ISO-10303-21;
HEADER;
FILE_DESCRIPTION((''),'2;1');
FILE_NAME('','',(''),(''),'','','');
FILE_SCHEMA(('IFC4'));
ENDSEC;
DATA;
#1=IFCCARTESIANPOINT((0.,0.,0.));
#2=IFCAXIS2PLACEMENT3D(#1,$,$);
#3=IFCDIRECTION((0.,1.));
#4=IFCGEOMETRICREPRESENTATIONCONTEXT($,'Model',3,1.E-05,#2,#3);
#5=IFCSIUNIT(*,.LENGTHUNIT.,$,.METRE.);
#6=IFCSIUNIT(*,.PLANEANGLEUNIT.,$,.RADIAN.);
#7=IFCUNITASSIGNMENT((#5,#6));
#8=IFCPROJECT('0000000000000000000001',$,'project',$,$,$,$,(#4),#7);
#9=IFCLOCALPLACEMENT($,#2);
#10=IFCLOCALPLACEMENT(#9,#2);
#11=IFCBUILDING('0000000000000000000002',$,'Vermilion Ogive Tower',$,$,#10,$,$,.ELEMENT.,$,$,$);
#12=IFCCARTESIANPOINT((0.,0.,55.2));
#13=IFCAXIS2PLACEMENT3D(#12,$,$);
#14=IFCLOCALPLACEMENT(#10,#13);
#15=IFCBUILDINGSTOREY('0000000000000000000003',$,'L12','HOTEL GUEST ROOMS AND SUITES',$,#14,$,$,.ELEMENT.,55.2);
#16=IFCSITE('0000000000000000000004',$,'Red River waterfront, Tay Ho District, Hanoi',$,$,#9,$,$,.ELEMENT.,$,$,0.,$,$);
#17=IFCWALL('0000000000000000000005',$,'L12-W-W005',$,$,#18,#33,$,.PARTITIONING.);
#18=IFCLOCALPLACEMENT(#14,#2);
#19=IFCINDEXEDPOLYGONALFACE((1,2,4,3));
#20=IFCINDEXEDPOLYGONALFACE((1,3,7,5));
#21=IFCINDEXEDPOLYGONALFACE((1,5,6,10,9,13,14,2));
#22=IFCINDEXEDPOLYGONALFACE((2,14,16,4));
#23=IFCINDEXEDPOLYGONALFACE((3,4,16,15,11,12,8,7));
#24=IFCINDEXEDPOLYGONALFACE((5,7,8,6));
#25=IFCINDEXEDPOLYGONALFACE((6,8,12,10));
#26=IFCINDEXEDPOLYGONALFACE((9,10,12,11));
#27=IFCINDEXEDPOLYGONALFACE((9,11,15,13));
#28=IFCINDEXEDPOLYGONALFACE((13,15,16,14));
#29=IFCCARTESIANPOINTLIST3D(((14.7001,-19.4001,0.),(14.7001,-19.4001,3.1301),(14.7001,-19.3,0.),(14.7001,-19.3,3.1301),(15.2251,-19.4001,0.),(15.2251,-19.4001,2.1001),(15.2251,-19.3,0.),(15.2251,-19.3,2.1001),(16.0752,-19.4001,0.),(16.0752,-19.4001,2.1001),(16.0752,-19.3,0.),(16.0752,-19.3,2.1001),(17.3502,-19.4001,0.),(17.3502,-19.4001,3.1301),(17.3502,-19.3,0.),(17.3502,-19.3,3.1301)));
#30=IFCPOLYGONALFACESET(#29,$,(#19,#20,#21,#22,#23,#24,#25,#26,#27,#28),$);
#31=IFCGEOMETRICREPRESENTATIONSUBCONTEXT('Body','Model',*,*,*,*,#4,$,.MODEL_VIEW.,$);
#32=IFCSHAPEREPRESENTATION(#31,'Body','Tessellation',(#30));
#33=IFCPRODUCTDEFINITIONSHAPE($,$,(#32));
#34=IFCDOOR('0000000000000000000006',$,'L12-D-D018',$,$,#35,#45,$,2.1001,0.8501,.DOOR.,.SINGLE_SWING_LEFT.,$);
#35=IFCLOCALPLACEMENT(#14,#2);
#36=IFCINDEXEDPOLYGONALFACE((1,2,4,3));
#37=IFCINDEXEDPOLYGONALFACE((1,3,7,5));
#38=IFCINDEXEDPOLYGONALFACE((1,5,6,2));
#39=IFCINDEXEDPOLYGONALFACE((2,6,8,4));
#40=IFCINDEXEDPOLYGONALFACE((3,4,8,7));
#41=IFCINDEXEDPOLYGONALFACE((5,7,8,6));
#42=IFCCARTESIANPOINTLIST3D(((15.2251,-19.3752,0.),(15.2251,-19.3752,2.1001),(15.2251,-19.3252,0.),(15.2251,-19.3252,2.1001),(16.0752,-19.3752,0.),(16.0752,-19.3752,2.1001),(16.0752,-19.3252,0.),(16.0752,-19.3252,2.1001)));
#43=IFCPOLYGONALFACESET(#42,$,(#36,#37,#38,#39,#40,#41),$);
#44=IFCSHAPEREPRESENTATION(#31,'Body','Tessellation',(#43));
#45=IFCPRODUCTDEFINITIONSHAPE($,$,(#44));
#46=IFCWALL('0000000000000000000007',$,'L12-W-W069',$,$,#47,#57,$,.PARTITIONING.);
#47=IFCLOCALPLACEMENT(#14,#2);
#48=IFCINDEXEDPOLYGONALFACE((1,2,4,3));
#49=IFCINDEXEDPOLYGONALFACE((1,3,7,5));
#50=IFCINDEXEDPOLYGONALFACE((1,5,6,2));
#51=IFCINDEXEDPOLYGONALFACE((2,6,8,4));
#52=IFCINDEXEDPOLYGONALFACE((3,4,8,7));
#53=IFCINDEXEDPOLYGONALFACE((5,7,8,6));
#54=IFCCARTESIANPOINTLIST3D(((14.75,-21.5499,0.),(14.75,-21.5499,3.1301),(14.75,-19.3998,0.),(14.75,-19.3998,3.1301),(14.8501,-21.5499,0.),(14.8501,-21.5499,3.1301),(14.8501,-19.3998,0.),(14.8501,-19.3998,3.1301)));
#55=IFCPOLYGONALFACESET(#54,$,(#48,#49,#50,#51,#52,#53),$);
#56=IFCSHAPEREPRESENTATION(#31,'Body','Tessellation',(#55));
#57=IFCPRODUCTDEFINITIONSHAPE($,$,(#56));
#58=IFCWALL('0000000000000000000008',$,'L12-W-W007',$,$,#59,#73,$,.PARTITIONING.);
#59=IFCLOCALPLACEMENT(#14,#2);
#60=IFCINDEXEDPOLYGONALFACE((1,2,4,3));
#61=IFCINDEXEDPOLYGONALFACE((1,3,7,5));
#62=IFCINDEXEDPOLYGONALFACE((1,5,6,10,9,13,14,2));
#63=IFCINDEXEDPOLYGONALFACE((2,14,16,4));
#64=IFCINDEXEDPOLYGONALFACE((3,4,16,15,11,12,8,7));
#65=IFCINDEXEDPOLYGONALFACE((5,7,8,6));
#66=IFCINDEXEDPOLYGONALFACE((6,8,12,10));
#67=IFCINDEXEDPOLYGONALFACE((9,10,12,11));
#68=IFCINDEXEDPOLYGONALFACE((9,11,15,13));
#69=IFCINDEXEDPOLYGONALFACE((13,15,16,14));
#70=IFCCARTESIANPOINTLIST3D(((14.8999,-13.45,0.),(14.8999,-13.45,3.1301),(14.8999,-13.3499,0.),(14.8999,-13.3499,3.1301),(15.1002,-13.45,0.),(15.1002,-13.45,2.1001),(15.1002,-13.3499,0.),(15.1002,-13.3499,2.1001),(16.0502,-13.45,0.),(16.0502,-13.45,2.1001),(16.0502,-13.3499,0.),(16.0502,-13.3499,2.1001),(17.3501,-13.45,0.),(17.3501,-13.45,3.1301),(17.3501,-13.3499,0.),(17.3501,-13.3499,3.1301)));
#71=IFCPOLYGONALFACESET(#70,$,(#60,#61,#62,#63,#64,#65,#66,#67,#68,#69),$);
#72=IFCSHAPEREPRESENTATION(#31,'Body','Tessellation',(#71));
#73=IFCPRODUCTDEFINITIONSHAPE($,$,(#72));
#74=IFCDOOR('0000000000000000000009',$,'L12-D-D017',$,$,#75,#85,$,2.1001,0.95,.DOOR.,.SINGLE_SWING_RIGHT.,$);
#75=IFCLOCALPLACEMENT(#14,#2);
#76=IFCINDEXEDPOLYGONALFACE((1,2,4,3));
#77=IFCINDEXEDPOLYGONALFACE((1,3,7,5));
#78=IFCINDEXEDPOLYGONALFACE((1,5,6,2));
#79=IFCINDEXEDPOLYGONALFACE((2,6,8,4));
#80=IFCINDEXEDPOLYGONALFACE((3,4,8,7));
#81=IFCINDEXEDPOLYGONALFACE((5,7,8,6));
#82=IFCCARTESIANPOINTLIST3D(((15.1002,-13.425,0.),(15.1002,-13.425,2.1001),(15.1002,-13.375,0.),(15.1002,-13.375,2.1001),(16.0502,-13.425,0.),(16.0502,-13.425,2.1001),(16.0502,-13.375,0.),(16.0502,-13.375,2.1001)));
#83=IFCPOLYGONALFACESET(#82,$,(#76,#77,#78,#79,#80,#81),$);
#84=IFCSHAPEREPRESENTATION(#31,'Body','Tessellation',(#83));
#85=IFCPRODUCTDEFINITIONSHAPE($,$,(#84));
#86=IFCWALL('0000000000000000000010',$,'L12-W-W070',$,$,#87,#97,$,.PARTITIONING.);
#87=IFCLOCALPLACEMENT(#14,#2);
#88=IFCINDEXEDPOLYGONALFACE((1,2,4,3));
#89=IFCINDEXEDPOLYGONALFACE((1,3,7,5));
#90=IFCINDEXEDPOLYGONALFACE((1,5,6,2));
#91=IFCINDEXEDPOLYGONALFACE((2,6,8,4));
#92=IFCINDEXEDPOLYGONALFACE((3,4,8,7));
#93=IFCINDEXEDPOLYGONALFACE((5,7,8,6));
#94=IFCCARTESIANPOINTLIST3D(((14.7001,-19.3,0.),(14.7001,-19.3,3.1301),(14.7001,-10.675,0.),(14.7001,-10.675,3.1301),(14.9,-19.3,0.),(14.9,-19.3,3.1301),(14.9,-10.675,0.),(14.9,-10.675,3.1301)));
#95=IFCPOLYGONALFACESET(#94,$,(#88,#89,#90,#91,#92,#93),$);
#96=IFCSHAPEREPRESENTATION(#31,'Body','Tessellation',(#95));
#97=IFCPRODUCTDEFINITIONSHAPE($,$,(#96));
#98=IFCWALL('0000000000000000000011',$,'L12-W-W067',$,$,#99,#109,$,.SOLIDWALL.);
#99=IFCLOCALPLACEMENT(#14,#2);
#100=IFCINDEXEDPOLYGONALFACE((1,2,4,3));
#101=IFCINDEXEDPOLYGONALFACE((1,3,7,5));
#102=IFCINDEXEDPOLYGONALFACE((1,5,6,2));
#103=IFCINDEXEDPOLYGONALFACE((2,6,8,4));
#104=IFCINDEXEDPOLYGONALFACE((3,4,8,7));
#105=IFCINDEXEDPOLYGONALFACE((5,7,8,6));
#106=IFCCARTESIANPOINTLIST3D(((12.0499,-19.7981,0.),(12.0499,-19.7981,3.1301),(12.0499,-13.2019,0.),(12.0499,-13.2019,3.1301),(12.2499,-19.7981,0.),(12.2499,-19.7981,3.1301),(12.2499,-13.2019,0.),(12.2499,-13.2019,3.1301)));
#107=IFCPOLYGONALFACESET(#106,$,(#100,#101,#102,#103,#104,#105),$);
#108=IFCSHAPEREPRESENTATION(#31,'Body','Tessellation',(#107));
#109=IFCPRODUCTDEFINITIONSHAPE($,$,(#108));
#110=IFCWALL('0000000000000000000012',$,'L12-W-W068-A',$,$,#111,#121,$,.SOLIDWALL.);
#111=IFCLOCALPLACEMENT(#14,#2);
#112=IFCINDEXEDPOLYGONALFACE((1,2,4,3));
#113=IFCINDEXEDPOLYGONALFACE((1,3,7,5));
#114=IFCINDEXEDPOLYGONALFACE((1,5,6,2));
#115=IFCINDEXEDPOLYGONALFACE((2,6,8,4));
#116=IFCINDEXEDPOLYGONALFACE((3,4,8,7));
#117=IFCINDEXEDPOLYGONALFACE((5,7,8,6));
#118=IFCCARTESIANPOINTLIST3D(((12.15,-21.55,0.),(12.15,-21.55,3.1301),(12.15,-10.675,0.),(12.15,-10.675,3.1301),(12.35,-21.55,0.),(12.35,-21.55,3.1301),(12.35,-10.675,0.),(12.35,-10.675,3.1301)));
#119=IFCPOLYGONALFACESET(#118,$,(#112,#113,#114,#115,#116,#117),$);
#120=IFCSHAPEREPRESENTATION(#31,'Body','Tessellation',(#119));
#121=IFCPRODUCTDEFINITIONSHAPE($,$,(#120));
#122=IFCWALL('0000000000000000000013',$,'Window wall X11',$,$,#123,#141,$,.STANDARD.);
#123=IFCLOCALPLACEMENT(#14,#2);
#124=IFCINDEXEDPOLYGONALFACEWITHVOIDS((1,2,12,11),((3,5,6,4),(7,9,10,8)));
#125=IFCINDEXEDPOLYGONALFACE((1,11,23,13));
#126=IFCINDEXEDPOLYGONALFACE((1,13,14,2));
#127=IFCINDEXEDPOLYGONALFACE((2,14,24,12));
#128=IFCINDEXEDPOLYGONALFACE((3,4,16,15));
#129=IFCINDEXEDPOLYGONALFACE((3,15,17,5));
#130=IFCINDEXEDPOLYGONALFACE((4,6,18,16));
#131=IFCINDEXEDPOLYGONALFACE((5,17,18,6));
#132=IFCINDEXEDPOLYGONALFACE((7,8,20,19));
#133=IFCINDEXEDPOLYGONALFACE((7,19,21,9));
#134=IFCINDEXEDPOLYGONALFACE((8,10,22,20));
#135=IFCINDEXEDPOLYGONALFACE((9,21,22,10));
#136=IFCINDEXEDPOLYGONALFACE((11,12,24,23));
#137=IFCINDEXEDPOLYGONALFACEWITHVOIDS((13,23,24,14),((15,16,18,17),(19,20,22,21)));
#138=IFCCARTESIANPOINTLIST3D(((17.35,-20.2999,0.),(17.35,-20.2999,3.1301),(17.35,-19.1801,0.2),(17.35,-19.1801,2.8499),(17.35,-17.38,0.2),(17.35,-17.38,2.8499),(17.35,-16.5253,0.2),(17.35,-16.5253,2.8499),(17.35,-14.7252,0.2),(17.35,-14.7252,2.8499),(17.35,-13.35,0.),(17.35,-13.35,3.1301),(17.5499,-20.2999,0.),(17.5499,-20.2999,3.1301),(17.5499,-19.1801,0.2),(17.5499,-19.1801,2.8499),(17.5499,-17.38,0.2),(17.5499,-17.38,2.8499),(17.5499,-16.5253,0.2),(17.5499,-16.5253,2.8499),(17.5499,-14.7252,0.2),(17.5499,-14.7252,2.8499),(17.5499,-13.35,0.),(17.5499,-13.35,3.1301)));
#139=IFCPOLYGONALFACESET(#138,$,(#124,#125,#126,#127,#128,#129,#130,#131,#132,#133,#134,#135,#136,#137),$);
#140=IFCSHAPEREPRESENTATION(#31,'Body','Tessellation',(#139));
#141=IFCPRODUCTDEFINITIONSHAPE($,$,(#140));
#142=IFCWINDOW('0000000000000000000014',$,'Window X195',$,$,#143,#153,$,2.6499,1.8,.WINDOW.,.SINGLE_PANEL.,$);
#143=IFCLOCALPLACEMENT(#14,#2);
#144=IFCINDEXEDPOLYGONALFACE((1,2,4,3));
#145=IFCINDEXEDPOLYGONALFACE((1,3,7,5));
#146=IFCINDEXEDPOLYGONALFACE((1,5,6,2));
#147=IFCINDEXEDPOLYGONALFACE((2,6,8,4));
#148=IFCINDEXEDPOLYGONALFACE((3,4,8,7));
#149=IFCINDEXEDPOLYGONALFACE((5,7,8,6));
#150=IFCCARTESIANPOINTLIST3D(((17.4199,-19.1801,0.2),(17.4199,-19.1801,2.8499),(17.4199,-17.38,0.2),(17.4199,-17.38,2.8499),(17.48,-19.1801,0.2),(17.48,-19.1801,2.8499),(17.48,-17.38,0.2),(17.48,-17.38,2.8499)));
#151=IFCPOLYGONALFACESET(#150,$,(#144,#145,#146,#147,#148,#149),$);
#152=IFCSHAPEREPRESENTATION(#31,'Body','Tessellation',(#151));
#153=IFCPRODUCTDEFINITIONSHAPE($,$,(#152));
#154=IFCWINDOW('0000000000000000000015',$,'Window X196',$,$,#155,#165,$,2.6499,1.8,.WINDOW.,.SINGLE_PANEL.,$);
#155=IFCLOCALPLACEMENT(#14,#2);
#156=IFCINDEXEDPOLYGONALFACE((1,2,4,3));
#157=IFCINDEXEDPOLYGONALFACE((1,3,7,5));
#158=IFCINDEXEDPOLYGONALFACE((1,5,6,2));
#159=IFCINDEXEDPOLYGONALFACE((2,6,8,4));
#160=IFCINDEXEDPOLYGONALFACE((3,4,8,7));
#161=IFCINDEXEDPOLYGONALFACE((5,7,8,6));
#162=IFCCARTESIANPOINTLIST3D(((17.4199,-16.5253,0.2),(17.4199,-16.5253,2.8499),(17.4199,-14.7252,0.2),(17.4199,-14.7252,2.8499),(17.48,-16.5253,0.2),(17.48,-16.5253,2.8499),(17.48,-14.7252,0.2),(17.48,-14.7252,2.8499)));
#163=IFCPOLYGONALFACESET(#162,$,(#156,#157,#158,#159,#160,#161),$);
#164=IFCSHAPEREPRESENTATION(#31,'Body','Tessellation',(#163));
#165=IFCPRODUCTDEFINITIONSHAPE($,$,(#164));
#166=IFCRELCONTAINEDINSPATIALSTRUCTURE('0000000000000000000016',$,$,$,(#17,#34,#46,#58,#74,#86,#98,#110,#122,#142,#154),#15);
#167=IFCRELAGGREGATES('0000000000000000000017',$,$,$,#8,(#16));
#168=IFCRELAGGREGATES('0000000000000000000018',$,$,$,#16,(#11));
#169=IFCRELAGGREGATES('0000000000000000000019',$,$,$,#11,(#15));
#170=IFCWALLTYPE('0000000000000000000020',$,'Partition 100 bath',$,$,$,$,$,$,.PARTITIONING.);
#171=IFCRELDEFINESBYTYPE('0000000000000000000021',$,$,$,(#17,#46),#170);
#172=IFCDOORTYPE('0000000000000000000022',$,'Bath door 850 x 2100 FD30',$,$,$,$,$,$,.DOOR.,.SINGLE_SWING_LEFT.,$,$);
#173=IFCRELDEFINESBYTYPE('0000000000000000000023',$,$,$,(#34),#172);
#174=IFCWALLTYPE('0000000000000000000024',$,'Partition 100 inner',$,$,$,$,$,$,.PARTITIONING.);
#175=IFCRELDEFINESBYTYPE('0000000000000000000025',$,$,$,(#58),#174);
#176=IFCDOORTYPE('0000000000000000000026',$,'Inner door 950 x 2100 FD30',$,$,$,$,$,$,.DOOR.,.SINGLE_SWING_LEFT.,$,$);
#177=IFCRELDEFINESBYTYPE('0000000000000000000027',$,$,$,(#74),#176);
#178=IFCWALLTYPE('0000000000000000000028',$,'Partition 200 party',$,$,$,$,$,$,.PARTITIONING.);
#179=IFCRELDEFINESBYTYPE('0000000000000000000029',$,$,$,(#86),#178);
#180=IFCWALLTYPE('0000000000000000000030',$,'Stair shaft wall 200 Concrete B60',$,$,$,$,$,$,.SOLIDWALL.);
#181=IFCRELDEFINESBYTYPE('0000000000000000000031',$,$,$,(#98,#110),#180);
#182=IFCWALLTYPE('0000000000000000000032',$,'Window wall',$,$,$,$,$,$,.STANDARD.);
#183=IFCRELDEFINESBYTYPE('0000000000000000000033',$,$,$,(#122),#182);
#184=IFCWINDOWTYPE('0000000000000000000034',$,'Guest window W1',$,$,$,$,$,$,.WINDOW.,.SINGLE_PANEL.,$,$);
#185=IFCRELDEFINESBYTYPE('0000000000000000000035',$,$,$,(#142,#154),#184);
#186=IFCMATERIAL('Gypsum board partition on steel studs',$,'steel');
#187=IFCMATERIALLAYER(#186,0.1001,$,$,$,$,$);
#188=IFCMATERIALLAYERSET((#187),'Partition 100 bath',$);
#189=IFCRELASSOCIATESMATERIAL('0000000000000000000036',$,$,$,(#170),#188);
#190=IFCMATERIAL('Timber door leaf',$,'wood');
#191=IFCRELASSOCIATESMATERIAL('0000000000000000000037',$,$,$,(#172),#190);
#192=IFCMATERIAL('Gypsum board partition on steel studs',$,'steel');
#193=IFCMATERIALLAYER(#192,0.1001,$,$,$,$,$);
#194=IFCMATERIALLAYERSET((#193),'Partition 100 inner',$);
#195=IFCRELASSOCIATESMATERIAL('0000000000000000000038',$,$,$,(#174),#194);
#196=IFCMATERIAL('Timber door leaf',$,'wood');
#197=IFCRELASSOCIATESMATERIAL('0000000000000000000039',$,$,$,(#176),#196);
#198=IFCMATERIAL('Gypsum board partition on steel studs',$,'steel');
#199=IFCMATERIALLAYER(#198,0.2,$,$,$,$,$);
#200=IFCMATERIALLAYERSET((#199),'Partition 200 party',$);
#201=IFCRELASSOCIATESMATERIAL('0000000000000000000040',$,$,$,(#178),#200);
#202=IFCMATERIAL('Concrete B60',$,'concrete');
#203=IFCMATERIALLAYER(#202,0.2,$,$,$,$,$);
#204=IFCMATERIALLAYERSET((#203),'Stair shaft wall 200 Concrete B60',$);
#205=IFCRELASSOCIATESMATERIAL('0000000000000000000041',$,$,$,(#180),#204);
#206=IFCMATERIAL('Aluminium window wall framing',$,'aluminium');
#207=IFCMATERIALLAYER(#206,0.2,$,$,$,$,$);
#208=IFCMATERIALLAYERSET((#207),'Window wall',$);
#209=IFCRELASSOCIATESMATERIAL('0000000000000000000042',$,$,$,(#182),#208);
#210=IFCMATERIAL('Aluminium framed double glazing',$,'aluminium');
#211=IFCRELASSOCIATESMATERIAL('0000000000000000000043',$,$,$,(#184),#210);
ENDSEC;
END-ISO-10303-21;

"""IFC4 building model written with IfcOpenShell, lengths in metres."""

from ifc_helpers import new_model, si_unit, direction, frame, frame_2d, origin, place, context, subcontext, project, spatial, rectangle, extrude, material, layer, layer_set, type_object, element, fill, save


model = new_model("IFC4")

# Units and contexts
model_context = context("Model", 3, precision=1e-05, world=origin(), true_north=direction((0.0, 1.0)))
body_context = subcontext(model_context, "Body", "Model", "MODEL_VIEW")
ifc_project = project(units=[si_unit("LENGTHUNIT", "METRE"), si_unit("PLANEANGLEUNIT", "RADIAN")], contexts=[model_context])

# Site, building, storey
site_placement = place(None, origin())
site = spatial("IfcSite", under=ifc_project, at=site_placement, Name="Red River waterfront, Tay Ho District, Hanoi", CompositionType="ELEMENT", RefElevation=0.0)
building_placement = place(site_placement, origin())
building = spatial("IfcBuilding", under=site, at=building_placement, Name="Vermilion Ogive Tower", CompositionType="ELEMENT")
storey_placement = place(building_placement, frame((0.0, 0.0, 55.2)))
storey = spatial("IfcBuildingStorey", under=building, at=storey_placement, Name="L12", Description="HOTEL GUEST ROOMS AND SUITES", CompositionType="ELEMENT", Elevation=55.2)

# Wall, opening, door
ifc_material_1 = material(Name="Gypsum board partition on steel studs", Category="steel")
ifc_layer_1 = layer(ifc_material_1, 0.1001)
ifc_layer_set_1 = layer_set([ifc_layer_1], Name="Partition 100 bath")
wall_type_1 = type_object("IfcWallType", Name="Partition 100 bath", PredefinedType="PARTITIONING", material=ifc_layer_set_1)
wall_1_placement = place(storey_placement, frame((14.7, -19.3501, 0.0), z_axis=(0.0, 0.0, 1.0), x_axis=(1.0, 0.0, 0.0)))
wall_1 = element("IfcWall", 1, at=wall_1_placement, inside=storey, type_object=wall_type_1, Name="L12-W-W005", PredefinedType="PARTITIONING", context=body_context, shape_type="SweptSolid", body=[
    extrude(rectangle(XDim=2.6501, YDim=0.1001, at=frame_2d((1.3252, 0.0))), origin(), (0.0, 0.0, 1.0), 3.1301),
])
opening_1_placement = place(wall_1_placement, frame((0.5251, 0.0, 0.0)))
opening_1 = element("IfcOpeningElement", 2, at=opening_1_placement, cuts=wall_1, PredefinedType="OPENING", context=body_context, shape_type="SweptSolid", body=[
    extrude(rectangle(XDim=0.8501, YDim=2.1001, at=frame_2d((0.425, 1.05))), frame((0.0, 0.0601, 0.0), z_axis=(0.0, -1.0, 0.0), x_axis=(1.0, 0.0, 0.0)), (0.0, 0.0, 1.0), 0.1201),
])
ifc_material_2 = material(Name="Timber door leaf", Category="wood")
door_type_1 = type_object("IfcDoorType", Name="Bath door 850 x 2100 FD30", OperationType="SINGLE_SWING_LEFT", PredefinedType="DOOR", material=ifc_material_2)
door_1_placement = place(opening_1_placement, origin())
door_1 = element("IfcDoor", 3, at=door_1_placement, inside=storey, type_object=door_type_1, Name="L12-D-D018", OperationType="SINGLE_SWING_LEFT", OverallHeight=2.1001, OverallWidth=0.8501, PredefinedType="DOOR", context=body_context, shape_type="SweptSolid", body=[
    extrude(rectangle(XDim=0.8501, YDim=2.1001, at=frame_2d((0.425, 1.05))), frame((0.0, 0.0249, 0.0), z_axis=(0.0, -1.0, 0.0), x_axis=(1.0, 0.0, 0.0)), (0.0, 0.0, 1.0), 0.05),
])
fill(opening_1, door_1)

# Wall
wall_2_placement = place(storey_placement, frame((14.8, -21.55, 0.0), z_axis=(0.0, 0.0, 1.0), x_axis=(0.0, 1.0, 0.0)))
element("IfcWall", 4, at=wall_2_placement, inside=storey, type_object=wall_type_1, Name="L12-W-W069", PredefinedType="PARTITIONING", context=body_context, shape_type="SweptSolid", body=[
    extrude(rectangle(XDim=2.1501, YDim=0.1001, at=frame_2d((1.0752, 0.0))), origin(), (0.0, 0.0, 1.0), 3.1301),
])

# Wall, opening, door
ifc_material_3 = material(Name="Gypsum board partition on steel studs", Category="steel")
ifc_layer_2 = layer(ifc_material_3, 0.1001)
ifc_layer_set_2 = layer_set([ifc_layer_2], Name="Partition 100 inner")
wall_type_2 = type_object("IfcWallType", Name="Partition 100 inner", PredefinedType="PARTITIONING", material=ifc_layer_set_2)
wall_3_placement = place(storey_placement, frame((14.8999, -13.3999, 0.0), z_axis=(0.0, 0.0, 1.0), x_axis=(1.0, 0.0, 0.0)))
wall_3 = element("IfcWall", 5, at=wall_3_placement, inside=storey, type_object=wall_type_2, Name="L12-W-W007", PredefinedType="PARTITIONING", context=body_context, shape_type="SweptSolid", body=[
    extrude(rectangle(XDim=2.4502, YDim=0.1001, at=frame_2d((1.2251, 0.0))), origin(), (0.0, 0.0, 1.0), 3.1301),
])
opening_2_placement = place(wall_3_placement, frame((0.2002, 0.0, 0.0)))
opening_2 = element("IfcOpeningElement", 6, at=opening_2_placement, cuts=wall_3, PredefinedType="OPENING", context=body_context, shape_type="SweptSolid", body=[
    extrude(rectangle(XDim=0.95, YDim=2.1001, at=frame_2d((0.4751, 1.05))), frame((0.0, 0.0601, 0.0), z_axis=(0.0, -1.0, 0.0), x_axis=(1.0, 0.0, 0.0)), (0.0, 0.0, 1.0), 0.1201),
])
ifc_material_4 = material(Name="Timber door leaf", Category="wood")
door_type_2 = type_object("IfcDoorType", Name="Inner door 950 x 2100 FD30", OperationType="SINGLE_SWING_LEFT", PredefinedType="DOOR", material=ifc_material_4)
door_2_placement = place(opening_2_placement, origin())
door_2 = element("IfcDoor", 7, at=door_2_placement, inside=storey, type_object=door_type_2, Name="L12-D-D017", OperationType="SINGLE_SWING_RIGHT", OverallHeight=2.1001, OverallWidth=0.95, PredefinedType="DOOR", context=body_context, shape_type="SweptSolid", body=[
    extrude(rectangle(XDim=0.95, YDim=2.1001, at=frame_2d((0.4751, 1.05))), frame((0.0, 0.0249, 0.0), z_axis=(0.0, -1.0, 0.0), x_axis=(1.0, 0.0, 0.0)), (0.0, 0.0, 1.0), 0.05),
])
fill(opening_2, door_2)

# Walls
ifc_material_5 = material(Name="Gypsum board partition on steel studs", Category="steel")
ifc_layer_3 = layer(ifc_material_5, 0.2)
ifc_layer_set_3 = layer_set([ifc_layer_3], Name="Partition 200 party")
wall_type_3 = type_object("IfcWallType", Name="Partition 200 party", PredefinedType="PARTITIONING", material=ifc_layer_set_3)
wall_4_placement = place(storey_placement, frame((14.8, -19.3, 0.0), z_axis=(0.0, 0.0, 1.0), x_axis=(0.0, 1.0, 0.0)))
element("IfcWall", 8, at=wall_4_placement, inside=storey, type_object=wall_type_3, Name="L12-W-W070", PredefinedType="PARTITIONING", context=body_context, shape_type="SweptSolid", body=[
    extrude(rectangle(XDim=8.625, YDim=0.2, at=frame_2d((4.3125, 0.0))), origin(), (0.0, 0.0, 1.0), 3.1301),
])
ifc_material_6 = material(Name="Concrete B60", Category="concrete")
ifc_layer_4 = layer(ifc_material_6, 0.2)
ifc_layer_set_4 = layer_set([ifc_layer_4], Name="Stair shaft wall 200 Concrete B60")
wall_type_4 = type_object("IfcWallType", Name="Stair shaft wall 200 Concrete B60", PredefinedType="SOLIDWALL", material=ifc_layer_set_4)
wall_5_placement = place(storey_placement, frame((12.1499, -19.7981, 0.0), z_axis=(0.0, 0.0, 1.0), x_axis=(0.0, 1.0, 0.0)))
element("IfcWall", 9, at=wall_5_placement, inside=storey, type_object=wall_type_4, Name="L12-W-W067", PredefinedType="SOLIDWALL", context=body_context, shape_type="SweptSolid", body=[
    extrude(rectangle(XDim=6.5962, YDim=0.2, at=frame_2d((3.2981, 0.0))), origin(), (0.0, 0.0, 1.0), 3.1301),
])
wall_6_placement = place(storey_placement, frame((12.25, -21.55, 0.0), z_axis=(0.0, 0.0, 1.0), x_axis=(0.0, 1.0, 0.0)))
element("IfcWall", 10, at=wall_6_placement, inside=storey, type_object=wall_type_4, Name="L12-W-W068-A", PredefinedType="SOLIDWALL", context=body_context, shape_type="SweptSolid", body=[
    extrude(rectangle(XDim=10.875, YDim=0.2, at=frame_2d((5.4375, 0.0))), origin(), (0.0, 0.0, 1.0), 3.1301),
])

# Wall, openings, windows
ifc_material_7 = material(Name="Aluminium window wall framing", Category="aluminium")
ifc_layer_5 = layer(ifc_material_7, 0.2)
ifc_layer_set_5 = layer_set([ifc_layer_5], Name="Window wall")
wall_type_5 = type_object("IfcWallType", Name="Window wall", PredefinedType="STANDARD", material=ifc_layer_set_5)
wall_7_placement = place(storey_placement, frame((17.45, -20.3, 0.0), z_axis=(0.0, 0.0, 1.0), x_axis=(0.0, 1.0, 0.0)))
wall_7 = element("IfcWall", 11, at=wall_7_placement, inside=storey, type_object=wall_type_5, Name="Window wall X11", PredefinedType="STANDARD", context=body_context, shape_type="SweptSolid", body=[
    extrude(rectangle(XDim=6.95, YDim=0.2, at=frame_2d((3.4751, 0.0))), origin(), (0.0, 0.0, 1.0), 3.1301),
])
opening_3_placement = place(wall_7_placement, frame((1.1201, 0.0, 0.2)))
opening_3 = element("IfcOpeningElement", 12, at=opening_3_placement, cuts=wall_7, PredefinedType="OPENING", context=body_context, shape_type="SweptSolid", body=[
    extrude(rectangle(XDim=1.8, YDim=2.6499, at=frame_2d((0.8999, 1.325))), frame((0.0, 0.1099, 0.0), z_axis=(0.0, -1.0, 0.0), x_axis=(1.0, 0.0, 0.0)), (0.0, 0.0, 1.0), 0.22),
])
opening_4_placement = place(wall_7_placement, frame((3.7749, 0.0, 0.2)))
opening_4 = element("IfcOpeningElement", 13, at=opening_4_placement, cuts=wall_7, PredefinedType="OPENING", context=body_context, shape_type="SweptSolid", body=[
    extrude(rectangle(XDim=1.8, YDim=2.6499, at=frame_2d((0.8999, 1.325))), frame((0.0, 0.1099, 0.0), z_axis=(0.0, -1.0, 0.0), x_axis=(1.0, 0.0, 0.0)), (0.0, 0.0, 1.0), 0.22),
])
ifc_material_8 = material(Name="Aluminium framed double glazing", Category="aluminium")
window_type = type_object("IfcWindowType", Name="Guest window W1", PartitioningType="SINGLE_PANEL", PredefinedType="WINDOW", material=ifc_material_8)
window_1_placement = place(opening_3_placement, origin())
window_1 = element("IfcWindow", 14, at=window_1_placement, inside=storey, type_object=window_type, Name="Window X195", OverallHeight=2.6499, OverallWidth=1.8, PartitioningType="SINGLE_PANEL", PredefinedType="WINDOW", context=body_context, shape_type="SweptSolid", body=[
    extrude(rectangle(XDim=1.8, YDim=2.6499, at=frame_2d((0.8999, 1.325))), frame((0.0, 0.03, 0.0), z_axis=(0.0, -1.0, 0.0), x_axis=(1.0, 0.0, 0.0)), (0.0, 0.0, 1.0), 0.0601),
])
fill(opening_3, window_1)
window_2_placement = place(opening_4_placement, origin())
window_2 = element("IfcWindow", 15, at=window_2_placement, inside=storey, type_object=window_type, Name="Window X196", OverallHeight=2.6499, OverallWidth=1.8, PartitioningType="SINGLE_PANEL", PredefinedType="WINDOW", context=body_context, shape_type="SweptSolid", body=[
    extrude(rectangle(XDim=1.8, YDim=2.6499, at=frame_2d((0.8999, 1.325))), frame((0.0, 0.03, 0.0), z_axis=(0.0, -1.0, 0.0), x_axis=(1.0, 0.0, 0.0)), (0.0, 0.0, 1.0), 0.0601),
])
fill(opening_4, window_2)

save(model, "model.ifc")
